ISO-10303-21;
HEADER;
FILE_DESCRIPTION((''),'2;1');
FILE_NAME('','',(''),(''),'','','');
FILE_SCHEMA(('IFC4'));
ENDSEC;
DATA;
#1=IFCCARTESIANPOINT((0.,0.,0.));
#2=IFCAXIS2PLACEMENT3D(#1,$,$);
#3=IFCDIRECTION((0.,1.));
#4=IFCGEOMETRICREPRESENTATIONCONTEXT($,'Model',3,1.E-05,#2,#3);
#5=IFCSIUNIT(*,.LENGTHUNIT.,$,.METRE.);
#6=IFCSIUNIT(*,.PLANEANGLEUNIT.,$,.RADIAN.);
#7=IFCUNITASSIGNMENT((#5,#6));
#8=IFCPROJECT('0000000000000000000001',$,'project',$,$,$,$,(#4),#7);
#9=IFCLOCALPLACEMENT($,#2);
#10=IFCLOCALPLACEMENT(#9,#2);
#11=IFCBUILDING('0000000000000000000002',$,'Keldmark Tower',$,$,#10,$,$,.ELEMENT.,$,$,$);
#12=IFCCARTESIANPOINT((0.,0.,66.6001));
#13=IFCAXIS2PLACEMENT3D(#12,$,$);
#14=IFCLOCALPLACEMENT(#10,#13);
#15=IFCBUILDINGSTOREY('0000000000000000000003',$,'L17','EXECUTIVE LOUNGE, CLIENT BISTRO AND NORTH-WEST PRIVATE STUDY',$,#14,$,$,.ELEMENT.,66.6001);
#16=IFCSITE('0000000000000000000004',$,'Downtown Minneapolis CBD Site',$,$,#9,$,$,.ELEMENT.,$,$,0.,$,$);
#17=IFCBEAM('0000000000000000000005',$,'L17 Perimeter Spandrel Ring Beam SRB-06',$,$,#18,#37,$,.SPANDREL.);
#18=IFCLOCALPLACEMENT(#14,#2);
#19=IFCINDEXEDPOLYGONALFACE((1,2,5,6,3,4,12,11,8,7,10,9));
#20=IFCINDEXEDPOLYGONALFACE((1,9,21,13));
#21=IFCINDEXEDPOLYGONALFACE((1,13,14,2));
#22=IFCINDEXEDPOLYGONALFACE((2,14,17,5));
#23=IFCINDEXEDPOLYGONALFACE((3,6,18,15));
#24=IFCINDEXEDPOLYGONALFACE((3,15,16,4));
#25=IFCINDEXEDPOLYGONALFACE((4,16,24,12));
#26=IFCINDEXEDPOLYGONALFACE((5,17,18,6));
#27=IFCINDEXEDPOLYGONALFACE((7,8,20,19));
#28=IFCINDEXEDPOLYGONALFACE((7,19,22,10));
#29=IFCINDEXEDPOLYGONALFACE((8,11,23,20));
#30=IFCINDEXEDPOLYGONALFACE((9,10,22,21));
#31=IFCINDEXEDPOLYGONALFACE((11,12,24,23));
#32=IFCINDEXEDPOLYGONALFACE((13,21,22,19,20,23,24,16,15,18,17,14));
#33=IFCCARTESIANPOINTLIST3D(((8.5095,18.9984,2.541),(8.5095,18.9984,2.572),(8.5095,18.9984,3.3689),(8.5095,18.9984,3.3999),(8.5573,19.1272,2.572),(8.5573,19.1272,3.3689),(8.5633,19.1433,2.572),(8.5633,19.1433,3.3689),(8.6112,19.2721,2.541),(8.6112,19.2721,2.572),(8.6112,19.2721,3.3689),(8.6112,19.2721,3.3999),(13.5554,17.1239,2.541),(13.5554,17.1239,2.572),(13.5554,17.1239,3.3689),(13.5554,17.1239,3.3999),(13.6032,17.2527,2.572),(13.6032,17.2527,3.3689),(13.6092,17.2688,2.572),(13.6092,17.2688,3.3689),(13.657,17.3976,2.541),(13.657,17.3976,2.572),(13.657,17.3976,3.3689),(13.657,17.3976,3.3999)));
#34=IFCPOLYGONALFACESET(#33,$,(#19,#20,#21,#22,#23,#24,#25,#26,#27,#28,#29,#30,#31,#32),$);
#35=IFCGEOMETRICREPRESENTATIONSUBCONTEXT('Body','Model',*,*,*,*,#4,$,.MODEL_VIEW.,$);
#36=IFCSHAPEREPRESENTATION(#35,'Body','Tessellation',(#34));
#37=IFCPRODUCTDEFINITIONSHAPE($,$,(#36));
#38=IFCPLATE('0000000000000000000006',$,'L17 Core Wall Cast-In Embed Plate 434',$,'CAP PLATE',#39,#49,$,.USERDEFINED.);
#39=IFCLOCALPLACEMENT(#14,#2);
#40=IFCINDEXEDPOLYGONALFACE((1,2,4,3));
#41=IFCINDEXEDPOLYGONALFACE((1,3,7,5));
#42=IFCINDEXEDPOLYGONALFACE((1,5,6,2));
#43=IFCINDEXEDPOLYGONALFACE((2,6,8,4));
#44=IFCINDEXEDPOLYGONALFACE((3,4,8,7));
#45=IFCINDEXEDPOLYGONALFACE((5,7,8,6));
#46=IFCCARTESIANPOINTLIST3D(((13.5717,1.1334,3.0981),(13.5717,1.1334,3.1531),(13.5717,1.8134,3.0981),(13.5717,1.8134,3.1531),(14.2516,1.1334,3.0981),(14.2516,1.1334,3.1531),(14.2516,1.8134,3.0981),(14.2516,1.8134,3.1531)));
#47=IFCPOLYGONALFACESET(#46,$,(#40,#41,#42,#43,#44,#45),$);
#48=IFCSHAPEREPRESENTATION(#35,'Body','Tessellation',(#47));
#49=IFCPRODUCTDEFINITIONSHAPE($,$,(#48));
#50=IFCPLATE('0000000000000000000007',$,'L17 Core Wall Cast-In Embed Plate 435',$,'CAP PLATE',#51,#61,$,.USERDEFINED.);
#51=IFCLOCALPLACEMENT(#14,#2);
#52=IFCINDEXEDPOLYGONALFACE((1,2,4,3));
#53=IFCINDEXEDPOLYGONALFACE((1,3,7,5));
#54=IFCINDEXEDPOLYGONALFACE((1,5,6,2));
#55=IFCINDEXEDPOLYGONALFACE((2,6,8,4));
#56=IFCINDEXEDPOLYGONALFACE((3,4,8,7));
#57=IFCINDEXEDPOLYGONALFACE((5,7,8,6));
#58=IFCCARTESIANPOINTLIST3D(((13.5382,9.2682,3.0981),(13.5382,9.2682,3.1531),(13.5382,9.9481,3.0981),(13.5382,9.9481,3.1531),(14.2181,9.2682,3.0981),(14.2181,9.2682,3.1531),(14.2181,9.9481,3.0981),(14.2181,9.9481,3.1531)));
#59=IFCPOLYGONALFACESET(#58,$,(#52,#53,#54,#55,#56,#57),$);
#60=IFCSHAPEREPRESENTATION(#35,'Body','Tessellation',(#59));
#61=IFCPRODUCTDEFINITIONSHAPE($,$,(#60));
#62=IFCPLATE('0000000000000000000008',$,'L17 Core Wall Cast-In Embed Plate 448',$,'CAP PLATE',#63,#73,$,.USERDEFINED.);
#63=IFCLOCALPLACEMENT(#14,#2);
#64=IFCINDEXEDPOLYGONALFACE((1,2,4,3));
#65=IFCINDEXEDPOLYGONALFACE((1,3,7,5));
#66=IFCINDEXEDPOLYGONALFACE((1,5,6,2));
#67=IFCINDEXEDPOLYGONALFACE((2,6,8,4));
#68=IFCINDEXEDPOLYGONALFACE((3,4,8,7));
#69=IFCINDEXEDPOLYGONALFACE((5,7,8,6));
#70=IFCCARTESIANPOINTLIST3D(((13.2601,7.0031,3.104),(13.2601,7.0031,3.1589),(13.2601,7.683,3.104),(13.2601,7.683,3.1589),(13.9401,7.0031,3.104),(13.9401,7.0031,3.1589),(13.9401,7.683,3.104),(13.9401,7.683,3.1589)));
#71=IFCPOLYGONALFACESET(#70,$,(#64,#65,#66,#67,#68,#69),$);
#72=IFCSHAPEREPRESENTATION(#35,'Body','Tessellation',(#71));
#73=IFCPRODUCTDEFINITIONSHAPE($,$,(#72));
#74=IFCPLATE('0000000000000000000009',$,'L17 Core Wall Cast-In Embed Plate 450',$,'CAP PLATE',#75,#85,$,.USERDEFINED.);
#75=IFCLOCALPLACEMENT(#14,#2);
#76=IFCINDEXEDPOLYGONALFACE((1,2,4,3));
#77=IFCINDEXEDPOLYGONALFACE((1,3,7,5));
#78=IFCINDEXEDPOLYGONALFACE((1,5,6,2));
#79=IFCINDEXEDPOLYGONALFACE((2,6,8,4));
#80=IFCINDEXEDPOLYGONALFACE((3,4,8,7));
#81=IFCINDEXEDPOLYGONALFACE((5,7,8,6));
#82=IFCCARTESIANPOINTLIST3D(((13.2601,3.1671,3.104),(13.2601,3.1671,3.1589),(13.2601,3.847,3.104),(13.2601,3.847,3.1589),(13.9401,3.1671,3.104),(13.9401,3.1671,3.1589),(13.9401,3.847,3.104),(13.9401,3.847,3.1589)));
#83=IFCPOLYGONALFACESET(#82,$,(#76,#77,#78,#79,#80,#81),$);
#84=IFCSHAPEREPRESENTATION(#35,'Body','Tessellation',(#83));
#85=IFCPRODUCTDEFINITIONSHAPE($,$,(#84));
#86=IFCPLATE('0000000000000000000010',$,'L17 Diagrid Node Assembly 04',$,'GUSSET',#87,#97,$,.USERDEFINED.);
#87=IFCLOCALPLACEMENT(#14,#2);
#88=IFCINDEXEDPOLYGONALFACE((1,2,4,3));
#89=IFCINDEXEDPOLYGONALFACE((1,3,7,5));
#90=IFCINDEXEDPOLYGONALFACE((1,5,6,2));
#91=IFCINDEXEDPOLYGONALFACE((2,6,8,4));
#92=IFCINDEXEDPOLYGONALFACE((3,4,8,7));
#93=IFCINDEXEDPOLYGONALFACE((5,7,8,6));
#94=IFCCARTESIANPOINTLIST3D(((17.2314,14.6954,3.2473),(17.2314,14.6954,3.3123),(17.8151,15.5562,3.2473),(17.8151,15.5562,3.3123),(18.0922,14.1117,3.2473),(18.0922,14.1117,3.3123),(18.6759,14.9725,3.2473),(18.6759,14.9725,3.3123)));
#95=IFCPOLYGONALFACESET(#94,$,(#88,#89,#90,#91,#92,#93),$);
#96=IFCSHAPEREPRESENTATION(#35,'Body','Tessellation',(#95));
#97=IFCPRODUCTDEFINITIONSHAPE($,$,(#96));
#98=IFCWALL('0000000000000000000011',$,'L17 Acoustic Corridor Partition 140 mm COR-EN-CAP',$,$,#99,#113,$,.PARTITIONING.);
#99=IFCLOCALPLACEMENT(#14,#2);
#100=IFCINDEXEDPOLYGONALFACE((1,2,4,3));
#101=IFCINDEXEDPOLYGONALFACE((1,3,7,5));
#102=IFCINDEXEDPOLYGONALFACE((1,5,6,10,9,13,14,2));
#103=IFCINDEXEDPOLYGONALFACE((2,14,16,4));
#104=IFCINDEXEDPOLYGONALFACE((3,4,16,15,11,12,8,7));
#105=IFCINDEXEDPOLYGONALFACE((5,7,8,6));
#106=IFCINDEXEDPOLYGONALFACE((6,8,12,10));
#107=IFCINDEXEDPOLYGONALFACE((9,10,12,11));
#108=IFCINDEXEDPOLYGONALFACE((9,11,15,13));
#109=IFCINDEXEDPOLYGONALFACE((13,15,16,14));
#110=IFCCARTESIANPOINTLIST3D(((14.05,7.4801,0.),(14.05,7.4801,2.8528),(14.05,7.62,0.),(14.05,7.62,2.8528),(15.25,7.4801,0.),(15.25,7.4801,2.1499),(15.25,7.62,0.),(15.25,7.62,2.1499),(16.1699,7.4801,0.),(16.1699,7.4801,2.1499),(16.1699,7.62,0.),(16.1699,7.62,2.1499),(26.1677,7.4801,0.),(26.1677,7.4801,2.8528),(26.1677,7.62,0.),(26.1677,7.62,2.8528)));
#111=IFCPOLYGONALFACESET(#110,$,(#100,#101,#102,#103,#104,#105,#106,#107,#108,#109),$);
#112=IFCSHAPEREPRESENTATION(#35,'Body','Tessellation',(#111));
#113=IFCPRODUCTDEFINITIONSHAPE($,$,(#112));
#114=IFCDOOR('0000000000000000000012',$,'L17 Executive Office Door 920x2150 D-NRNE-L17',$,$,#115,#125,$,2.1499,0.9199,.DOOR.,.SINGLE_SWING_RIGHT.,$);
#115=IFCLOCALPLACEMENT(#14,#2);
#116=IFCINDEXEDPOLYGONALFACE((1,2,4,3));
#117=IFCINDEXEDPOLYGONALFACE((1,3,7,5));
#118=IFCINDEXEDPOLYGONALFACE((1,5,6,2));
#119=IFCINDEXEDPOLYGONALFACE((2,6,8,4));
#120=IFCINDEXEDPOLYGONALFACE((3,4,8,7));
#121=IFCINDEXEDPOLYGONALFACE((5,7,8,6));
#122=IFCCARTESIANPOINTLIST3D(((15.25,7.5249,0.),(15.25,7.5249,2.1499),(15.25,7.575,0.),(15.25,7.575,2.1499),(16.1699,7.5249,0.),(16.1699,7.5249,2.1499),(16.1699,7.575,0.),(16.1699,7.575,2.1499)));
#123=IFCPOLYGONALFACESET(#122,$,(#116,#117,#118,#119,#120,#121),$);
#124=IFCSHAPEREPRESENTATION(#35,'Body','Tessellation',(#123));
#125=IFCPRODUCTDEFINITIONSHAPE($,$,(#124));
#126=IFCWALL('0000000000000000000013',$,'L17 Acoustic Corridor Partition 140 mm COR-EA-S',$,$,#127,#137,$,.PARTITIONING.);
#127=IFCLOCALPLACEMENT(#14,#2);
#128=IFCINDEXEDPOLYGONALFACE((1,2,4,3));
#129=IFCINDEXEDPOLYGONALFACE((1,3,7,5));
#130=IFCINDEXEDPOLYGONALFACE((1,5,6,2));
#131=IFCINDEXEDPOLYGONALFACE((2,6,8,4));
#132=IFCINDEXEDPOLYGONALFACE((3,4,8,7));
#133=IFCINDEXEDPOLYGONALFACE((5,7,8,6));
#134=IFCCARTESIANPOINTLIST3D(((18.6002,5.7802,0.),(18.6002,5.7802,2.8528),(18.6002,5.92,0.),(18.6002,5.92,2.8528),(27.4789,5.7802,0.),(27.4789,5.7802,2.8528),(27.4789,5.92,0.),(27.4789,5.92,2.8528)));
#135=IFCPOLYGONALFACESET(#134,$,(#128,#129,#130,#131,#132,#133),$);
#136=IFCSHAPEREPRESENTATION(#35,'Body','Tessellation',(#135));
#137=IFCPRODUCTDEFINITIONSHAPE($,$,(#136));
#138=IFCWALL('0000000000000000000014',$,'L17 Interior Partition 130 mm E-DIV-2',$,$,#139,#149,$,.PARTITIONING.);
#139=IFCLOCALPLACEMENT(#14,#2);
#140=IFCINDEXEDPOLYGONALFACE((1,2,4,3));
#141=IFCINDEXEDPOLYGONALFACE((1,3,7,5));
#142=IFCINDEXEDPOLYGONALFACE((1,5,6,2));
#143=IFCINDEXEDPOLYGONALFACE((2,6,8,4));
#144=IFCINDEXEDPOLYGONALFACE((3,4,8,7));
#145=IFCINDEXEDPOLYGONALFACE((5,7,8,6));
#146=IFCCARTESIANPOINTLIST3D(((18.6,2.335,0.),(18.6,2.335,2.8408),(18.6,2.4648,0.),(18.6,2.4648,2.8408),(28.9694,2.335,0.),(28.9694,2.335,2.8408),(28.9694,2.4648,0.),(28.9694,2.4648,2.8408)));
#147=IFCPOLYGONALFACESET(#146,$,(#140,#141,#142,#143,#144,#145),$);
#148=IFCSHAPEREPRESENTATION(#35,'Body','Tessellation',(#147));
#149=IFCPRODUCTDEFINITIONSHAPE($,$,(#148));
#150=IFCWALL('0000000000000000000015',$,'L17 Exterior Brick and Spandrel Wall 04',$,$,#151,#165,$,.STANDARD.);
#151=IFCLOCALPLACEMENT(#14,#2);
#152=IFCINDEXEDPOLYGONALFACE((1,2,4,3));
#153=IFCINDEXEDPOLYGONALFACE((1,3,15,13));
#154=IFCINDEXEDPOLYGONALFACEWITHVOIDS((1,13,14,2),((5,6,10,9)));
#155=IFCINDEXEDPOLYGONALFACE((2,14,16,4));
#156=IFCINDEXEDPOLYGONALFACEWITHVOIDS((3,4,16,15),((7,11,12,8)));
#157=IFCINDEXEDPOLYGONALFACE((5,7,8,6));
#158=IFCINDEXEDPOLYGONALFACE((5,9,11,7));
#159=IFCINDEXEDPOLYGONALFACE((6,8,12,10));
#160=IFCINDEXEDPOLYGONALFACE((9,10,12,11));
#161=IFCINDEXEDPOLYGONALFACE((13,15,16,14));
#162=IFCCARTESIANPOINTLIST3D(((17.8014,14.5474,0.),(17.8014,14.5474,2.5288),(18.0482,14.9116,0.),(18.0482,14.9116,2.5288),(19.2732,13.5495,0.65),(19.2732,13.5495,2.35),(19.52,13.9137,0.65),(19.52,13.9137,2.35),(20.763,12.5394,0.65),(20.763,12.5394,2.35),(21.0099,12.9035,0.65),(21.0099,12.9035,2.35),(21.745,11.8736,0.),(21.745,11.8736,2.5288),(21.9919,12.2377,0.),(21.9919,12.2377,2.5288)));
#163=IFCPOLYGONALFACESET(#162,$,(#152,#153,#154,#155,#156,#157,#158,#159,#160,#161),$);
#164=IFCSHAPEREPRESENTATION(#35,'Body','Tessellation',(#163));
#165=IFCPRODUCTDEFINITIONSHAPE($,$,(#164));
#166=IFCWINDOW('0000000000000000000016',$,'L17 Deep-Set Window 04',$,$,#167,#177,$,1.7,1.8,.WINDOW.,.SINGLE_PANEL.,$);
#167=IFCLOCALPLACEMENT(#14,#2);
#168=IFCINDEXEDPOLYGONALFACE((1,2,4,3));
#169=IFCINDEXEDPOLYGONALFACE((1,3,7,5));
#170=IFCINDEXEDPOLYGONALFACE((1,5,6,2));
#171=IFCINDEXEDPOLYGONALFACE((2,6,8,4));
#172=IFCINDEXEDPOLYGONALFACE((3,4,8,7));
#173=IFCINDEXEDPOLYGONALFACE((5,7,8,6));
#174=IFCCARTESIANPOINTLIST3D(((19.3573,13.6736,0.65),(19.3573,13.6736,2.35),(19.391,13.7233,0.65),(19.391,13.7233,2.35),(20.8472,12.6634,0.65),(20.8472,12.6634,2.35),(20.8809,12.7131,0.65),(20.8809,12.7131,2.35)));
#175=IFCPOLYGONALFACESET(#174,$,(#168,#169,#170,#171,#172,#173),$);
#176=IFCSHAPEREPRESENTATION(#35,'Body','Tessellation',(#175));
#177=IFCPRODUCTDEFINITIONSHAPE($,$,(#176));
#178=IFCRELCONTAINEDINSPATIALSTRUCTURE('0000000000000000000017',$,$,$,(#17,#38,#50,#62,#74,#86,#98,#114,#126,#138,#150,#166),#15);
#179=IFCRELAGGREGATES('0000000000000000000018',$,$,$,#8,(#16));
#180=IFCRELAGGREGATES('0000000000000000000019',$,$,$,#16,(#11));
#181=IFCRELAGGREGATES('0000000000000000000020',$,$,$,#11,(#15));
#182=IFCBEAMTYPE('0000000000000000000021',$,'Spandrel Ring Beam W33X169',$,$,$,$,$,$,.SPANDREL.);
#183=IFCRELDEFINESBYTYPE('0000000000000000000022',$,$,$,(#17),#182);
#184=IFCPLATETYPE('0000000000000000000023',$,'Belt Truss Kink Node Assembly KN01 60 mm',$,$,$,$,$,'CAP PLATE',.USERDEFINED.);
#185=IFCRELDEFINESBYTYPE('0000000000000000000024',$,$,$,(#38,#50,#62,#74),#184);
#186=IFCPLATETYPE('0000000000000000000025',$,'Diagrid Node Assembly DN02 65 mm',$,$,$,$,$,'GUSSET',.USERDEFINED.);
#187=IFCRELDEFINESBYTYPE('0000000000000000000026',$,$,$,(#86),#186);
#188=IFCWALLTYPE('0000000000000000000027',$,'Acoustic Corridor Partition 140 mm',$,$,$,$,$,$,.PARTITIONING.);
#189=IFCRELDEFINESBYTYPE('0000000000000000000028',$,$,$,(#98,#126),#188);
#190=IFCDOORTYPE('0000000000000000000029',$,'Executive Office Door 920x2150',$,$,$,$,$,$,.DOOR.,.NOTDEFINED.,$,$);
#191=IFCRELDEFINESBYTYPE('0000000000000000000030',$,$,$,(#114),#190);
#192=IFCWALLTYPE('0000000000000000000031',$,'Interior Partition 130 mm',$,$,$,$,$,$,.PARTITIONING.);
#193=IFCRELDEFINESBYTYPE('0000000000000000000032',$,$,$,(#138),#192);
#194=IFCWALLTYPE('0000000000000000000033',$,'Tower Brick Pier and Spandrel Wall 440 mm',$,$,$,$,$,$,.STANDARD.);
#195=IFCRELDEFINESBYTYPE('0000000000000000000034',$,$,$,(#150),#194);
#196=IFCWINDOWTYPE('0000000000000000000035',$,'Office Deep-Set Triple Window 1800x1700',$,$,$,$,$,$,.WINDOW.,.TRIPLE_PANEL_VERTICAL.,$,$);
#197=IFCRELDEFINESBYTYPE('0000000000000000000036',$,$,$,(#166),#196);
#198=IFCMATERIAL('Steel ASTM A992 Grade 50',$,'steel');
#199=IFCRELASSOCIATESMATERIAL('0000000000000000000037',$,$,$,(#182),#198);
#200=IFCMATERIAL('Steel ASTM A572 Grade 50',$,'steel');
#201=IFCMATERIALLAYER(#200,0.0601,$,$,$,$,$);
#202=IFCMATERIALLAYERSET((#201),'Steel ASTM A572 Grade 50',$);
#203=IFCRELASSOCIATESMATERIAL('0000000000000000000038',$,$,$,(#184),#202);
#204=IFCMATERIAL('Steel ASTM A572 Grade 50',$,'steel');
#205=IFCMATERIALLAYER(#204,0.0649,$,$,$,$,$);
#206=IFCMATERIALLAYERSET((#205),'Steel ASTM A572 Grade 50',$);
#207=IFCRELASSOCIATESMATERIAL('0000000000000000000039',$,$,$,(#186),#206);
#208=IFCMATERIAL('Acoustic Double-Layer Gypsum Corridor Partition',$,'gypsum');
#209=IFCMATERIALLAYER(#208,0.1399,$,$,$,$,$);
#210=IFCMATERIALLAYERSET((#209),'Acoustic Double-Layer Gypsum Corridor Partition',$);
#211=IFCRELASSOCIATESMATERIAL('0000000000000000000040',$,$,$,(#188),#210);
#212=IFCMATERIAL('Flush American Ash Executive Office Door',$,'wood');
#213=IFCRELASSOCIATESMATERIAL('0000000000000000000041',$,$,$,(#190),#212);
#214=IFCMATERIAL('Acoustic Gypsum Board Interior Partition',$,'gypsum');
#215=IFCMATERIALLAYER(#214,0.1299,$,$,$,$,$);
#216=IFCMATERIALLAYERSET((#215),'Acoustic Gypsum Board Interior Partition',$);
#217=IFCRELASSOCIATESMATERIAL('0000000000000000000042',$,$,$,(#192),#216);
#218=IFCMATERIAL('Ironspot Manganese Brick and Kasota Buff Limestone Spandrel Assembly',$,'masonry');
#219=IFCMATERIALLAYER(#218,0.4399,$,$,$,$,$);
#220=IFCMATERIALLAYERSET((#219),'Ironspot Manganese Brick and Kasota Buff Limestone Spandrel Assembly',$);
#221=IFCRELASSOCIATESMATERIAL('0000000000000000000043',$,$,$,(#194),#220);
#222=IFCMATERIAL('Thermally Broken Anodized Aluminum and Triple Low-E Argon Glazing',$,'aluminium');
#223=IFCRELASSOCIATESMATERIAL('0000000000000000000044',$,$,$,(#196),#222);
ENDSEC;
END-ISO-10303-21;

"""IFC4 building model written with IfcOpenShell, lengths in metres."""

from ifc_helpers import new_model, si_unit, direction, frame, frame_2d, origin, origin_2d, place, context, subcontext, project, spatial, rectangle, i_section, extrude, material, layer, layer_set, material_profile, profile_set, type_object, element, fill, save


model = new_model("IFC4")

# Units and contexts
model_context = context("Model", 3, precision=1e-05, world=origin(), true_north=direction((0.0, 1.0)))
body_context = subcontext(model_context, "Body", "Model", "MODEL_VIEW")
ifc_project = project(units=[si_unit("LENGTHUNIT", "METRE"), si_unit("PLANEANGLEUNIT", "RADIAN")], contexts=[model_context])

# Site, building, storey
site_placement = place(None, origin())
site = spatial("IfcSite", under=ifc_project, at=site_placement, Name="Downtown Minneapolis CBD Site", CompositionType="ELEMENT", RefElevation=0.0)
building_placement = place(site_placement, origin())
building = spatial("IfcBuilding", under=site, at=building_placement, Name="Keldmark Tower", CompositionType="ELEMENT")
storey_placement = place(building_placement, frame((0.0, 0.0, 66.6001)))
storey = spatial("IfcBuildingStorey", under=building, at=storey_placement, Name="L17", Description="EXECUTIVE LOUNGE, CLIENT BISTRO AND NORTH-WEST PRIVATE STUDY", CompositionType="ELEMENT", Elevation=66.6001)

# Beam
ifc_material_1 = material(Name="Steel ASTM A992 Grade 50", Category="steel")
ifc_material_profile_1 = material_profile(ifc_material_1, i_section(OverallWidth=0.292, OverallDepth=0.8589, WebThickness=0.0171, FlangeThickness=0.031, at=origin_2d()), Name="W33X169")
ifc_profile_set_1 = profile_set([ifc_material_profile_1], Name="Steel ASTM A992 Grade 50")
beam_type_1 = type_object("IfcBeamType", Name="Spandrel Ring Beam W33X169", PredefinedType="SPANDREL", material=ifc_profile_set_1)
beam_1_placement = place(storey_placement, frame((13.6062, 17.2607, 2.9705), z_axis=(-0.937406, 0.348239, 0.0), x_axis=(-0.348239, -0.937406, 0.0)))
element("IfcBeam", 1, at=beam_1_placement, inside=storey, type_object=beam_type_1, Name="L17 Perimeter Spandrel Ring Beam SRB-06", PredefinedType="SPANDREL", context=body_context, shape_type="SweptSolid", body=[
    extrude(i_section(OverallWidth=0.292, OverallDepth=0.8589, WebThickness=0.0171, FlangeThickness=0.031, at=origin_2d()), origin(), (0.0, 0.0, 1.0), 5.3828),
])

# Plates
ifc_material_2 = material(Name="Steel ASTM A572 Grade 50", Category="steel")
ifc_layer_1 = layer(ifc_material_2, 0.0601)
ifc_layer_set_1 = layer_set([ifc_layer_1], Name="Steel ASTM A572 Grade 50")
plate_type_1 = type_object("IfcPlateType", Name="Belt Truss Kink Node Assembly KN01 60 mm", ElementType="CAP PLATE", PredefinedType="USERDEFINED", material=ifc_layer_set_1)
for number, where, z_axis, x_axis, name in (
    (2, (13.9116, 1.4734, 3.0981), (0.0, 0.0, 1.0), (1.0, 0.0, 0.0), "L17 Core Wall Cast-In Embed Plate 434"),
    (3, (13.8782, 9.6082, 3.0981), (0.0, 0.0, 1.0), (1.0, 0.0, 0.0), "L17 Core Wall Cast-In Embed Plate 435"),
    (4, (13.6001, 7.343, 3.104), (0.0, 0.0, 1.0), (1.0, 0.0, 0.0), "L17 Core Wall Cast-In Embed Plate 448"),
    (5, (13.6001, 3.5071, 3.104), (0.0, 0.0, 1.0), (1.0, 0.0, 0.0), "L17 Core Wall Cast-In Embed Plate 450"),
):
    element("IfcPlate", number, at=place(storey_placement, frame(where, z_axis=z_axis, x_axis=x_axis)), inside=storey, type_object=plate_type_1, Name=name, ObjectType="CAP PLATE", PredefinedType="USERDEFINED", context=body_context, shape_type="SweptSolid", body=[
        extrude(rectangle(XDim=0.6799, YDim=0.6799, at=origin_2d()), origin(), (0.0, 0.0, 1.0), 0.0549),
    ])
ifc_material_3 = material(Name="Steel ASTM A572 Grade 50", Category="steel")
ifc_layer_2 = layer(ifc_material_3, 0.0649)
ifc_layer_set_2 = layer_set([ifc_layer_2], Name="Steel ASTM A572 Grade 50")
plate_type_2 = type_object("IfcPlateType", Name="Diagrid Node Assembly DN02 65 mm", ElementType="GUSSET", PredefinedType="USERDEFINED", material=ifc_layer_set_2)
plate_placement = place(storey_placement, frame((17.9536, 14.834, 3.2473), z_axis=(0.0, 0.0, 1.0), x_axis=(-0.827669, 0.561217, 0.0)))
element("IfcPlate", 6, at=plate_placement, inside=storey, type_object=plate_type_2, Name="L17 Diagrid Node Assembly 04", ObjectType="GUSSET", PredefinedType="USERDEFINED", context=body_context, shape_type="SweptSolid", body=[
    extrude(rectangle(XDim=1.04, YDim=1.04, at=origin_2d()), origin(), (0.0, 0.0, 1.0), 0.0649),
])

# Wall, opening, door
ifc_material_4 = material(Name="Acoustic Double-Layer Gypsum Corridor Partition", Category="gypsum")
ifc_layer_3 = layer(ifc_material_4, 0.1399)
ifc_layer_set_3 = layer_set([ifc_layer_3], Name="Acoustic Double-Layer Gypsum Corridor Partition")
wall_type_1 = type_object("IfcWallType", Name="Acoustic Corridor Partition 140 mm", PredefinedType="PARTITIONING", material=ifc_layer_set_3)
wall_1_placement = place(storey_placement, frame((14.05, 7.55, 0.0), z_axis=(0.0, 0.0, 1.0), x_axis=(1.0, 0.0, 0.0)))
wall_1 = element("IfcWall", 7, at=wall_1_placement, inside=storey, type_object=wall_type_1, Name="L17 Acoustic Corridor Partition 140 mm COR-EN-CAP", PredefinedType="PARTITIONING", context=body_context, shape_type="SweptSolid", body=[
    extrude(rectangle(XDim=12.1177, YDim=0.1399, at=frame_2d((6.0588, 0.0))), origin(), (0.0, 0.0, 1.0), 2.8528),
])
opening_1_placement = place(wall_1_placement, frame((1.2, 0.0, 0.0)))
opening_1 = element("IfcOpeningElement", 8, at=opening_1_placement, cuts=wall_1, PredefinedType="OPENING", context=body_context, shape_type="SweptSolid", body=[
    extrude(rectangle(XDim=0.9199, YDim=2.1499, at=frame_2d((0.46, 1.075))), frame((0.0, 0.0798, 0.0), z_axis=(0.0, -1.0, 0.0), x_axis=(1.0, 0.0, 0.0)), (0.0, 0.0, 1.0), 0.1599),
])
ifc_material_5 = material(Name="Flush American Ash Executive Office Door", Category="wood")
door_type = type_object("IfcDoorType", Name="Executive Office Door 920x2150", OperationType="NOTDEFINED", PredefinedType="DOOR", material=ifc_material_5)
door_placement = place(opening_1_placement, origin())
door = element("IfcDoor", 9, at=door_placement, inside=storey, type_object=door_type, Name="L17 Executive Office Door 920x2150 D-NRNE-L17", OperationType="SINGLE_SWING_RIGHT", OverallHeight=2.1499, OverallWidth=0.9199, PredefinedType="DOOR", context=body_context, shape_type="SweptSolid", body=[
    extrude(rectangle(XDim=0.9199, YDim=2.1499, at=frame_2d((0.46, 1.075))), frame((0.0, 0.0249, 0.0), z_axis=(0.0, -1.0, 0.0), x_axis=(1.0, 0.0, 0.0)), (0.0, 0.0, 1.0), 0.05),
])
fill(opening_1, door)

# Walls
wall_2_placement = place(storey_placement, frame((18.6001, 5.8501, 0.0), z_axis=(0.0, 0.0, 1.0), x_axis=(1.0, 0.0, 0.0)))
element("IfcWall", 10, at=wall_2_placement, inside=storey, type_object=wall_type_1, Name="L17 Acoustic Corridor Partition 140 mm COR-EA-S", PredefinedType="PARTITIONING", context=body_context, shape_type="SweptSolid", body=[
    extrude(rectangle(XDim=8.8787, YDim=0.1399, at=frame_2d((4.4395, 0.0))), origin(), (0.0, 0.0, 1.0), 2.8528),
])
ifc_material_6 = material(Name="Acoustic Gypsum Board Interior Partition", Category="gypsum")
ifc_layer_4 = layer(ifc_material_6, 0.1299)
ifc_layer_set_4 = layer_set([ifc_layer_4], Name="Acoustic Gypsum Board Interior Partition")
wall_type_2 = type_object("IfcWallType", Name="Interior Partition 130 mm", PredefinedType="PARTITIONING", material=ifc_layer_set_4)
wall_3_placement = place(storey_placement, frame((18.6001, 2.3999, 0.0), z_axis=(0.0, 0.0, 1.0), x_axis=(1.0, 0.0, 0.0)))
element("IfcWall", 11, at=wall_3_placement, inside=storey, type_object=wall_type_2, Name="L17 Interior Partition 130 mm E-DIV-2", PredefinedType="PARTITIONING", context=body_context, shape_type="SweptSolid", body=[
    extrude(rectangle(XDim=10.3694, YDim=0.1299, at=frame_2d((5.1846, 0.0))), origin(), (0.0, 0.0, 1.0), 2.8408),
])

# Wall, opening, window
ifc_material_7 = material(Name="Ironspot Manganese Brick and Kasota Buff Limestone Spandrel Assembly", Category="masonry")
ifc_layer_5 = layer(ifc_material_7, 0.4399)
ifc_layer_set_5 = layer_set([ifc_layer_5], Name="Ironspot Manganese Brick and Kasota Buff Limestone Spandrel Assembly")
wall_type_3 = type_object("IfcWallType", Name="Tower Brick Pier and Spandrel Wall 440 mm", PredefinedType="STANDARD", material=ifc_layer_set_5)
wall_4_placement = place(storey_placement, frame((17.9248, 14.7295, 0.0), z_axis=(0.0, 0.0, 1.0), x_axis=(0.827689, -0.561187, 0.0)))
wall_4 = element("IfcWall", 12, at=wall_4_placement, inside=storey, type_object=wall_type_3, Name="L17 Exterior Brick and Spandrel Wall 04", PredefinedType="STANDARD", context=body_context, shape_type="SweptSolid", body=[
    extrude(rectangle(XDim=4.7646, YDim=0.4399, at=frame_2d((2.3823, 0.0))), origin(), (0.0, 0.0, 1.0), 2.5288),
])
opening_2_placement = place(wall_4_placement, frame((1.7783, 0.0, 0.6499)))
opening_2 = element("IfcOpeningElement", 13, at=opening_2_placement, cuts=wall_4, PredefinedType="OPENING", context=body_context, shape_type="SweptSolid", body=[
    extrude(rectangle(XDim=1.8, YDim=1.7, at=frame_2d((0.8999, 0.8501))), frame((0.0, 0.23, 0.0), z_axis=(0.0, -1.0, 0.0), x_axis=(1.0, 0.0, 0.0)), (0.0, 0.0, 1.0), 0.46),
])
ifc_material_8 = material(Name="Thermally Broken Anodized Aluminum and Triple Low-E Argon Glazing", Category="aluminium")
window_type = type_object("IfcWindowType", Name="Office Deep-Set Triple Window 1800x1700", PartitioningType="TRIPLE_PANEL_VERTICAL", PredefinedType="WINDOW", material=ifc_material_8)
window_placement = place(opening_2_placement, origin())
window = element("IfcWindow", 14, at=window_placement, inside=storey, type_object=window_type, Name="L17 Deep-Set Window 04", OverallHeight=1.7, OverallWidth=1.8, PartitioningType="SINGLE_PANEL", PredefinedType="WINDOW", context=body_context, shape_type="SweptSolid", body=[
    extrude(rectangle(XDim=1.8, YDim=1.7, at=frame_2d((0.8999, 0.8501))), frame((0.0, -0.01, 0.0), z_axis=(0.0, -1.0, 0.0), x_axis=(1.0, 0.0, 0.0)), (0.0, 0.0, 1.0), 0.0601),
])
fill(opening_2, window)

save(model, "model.ifc")
